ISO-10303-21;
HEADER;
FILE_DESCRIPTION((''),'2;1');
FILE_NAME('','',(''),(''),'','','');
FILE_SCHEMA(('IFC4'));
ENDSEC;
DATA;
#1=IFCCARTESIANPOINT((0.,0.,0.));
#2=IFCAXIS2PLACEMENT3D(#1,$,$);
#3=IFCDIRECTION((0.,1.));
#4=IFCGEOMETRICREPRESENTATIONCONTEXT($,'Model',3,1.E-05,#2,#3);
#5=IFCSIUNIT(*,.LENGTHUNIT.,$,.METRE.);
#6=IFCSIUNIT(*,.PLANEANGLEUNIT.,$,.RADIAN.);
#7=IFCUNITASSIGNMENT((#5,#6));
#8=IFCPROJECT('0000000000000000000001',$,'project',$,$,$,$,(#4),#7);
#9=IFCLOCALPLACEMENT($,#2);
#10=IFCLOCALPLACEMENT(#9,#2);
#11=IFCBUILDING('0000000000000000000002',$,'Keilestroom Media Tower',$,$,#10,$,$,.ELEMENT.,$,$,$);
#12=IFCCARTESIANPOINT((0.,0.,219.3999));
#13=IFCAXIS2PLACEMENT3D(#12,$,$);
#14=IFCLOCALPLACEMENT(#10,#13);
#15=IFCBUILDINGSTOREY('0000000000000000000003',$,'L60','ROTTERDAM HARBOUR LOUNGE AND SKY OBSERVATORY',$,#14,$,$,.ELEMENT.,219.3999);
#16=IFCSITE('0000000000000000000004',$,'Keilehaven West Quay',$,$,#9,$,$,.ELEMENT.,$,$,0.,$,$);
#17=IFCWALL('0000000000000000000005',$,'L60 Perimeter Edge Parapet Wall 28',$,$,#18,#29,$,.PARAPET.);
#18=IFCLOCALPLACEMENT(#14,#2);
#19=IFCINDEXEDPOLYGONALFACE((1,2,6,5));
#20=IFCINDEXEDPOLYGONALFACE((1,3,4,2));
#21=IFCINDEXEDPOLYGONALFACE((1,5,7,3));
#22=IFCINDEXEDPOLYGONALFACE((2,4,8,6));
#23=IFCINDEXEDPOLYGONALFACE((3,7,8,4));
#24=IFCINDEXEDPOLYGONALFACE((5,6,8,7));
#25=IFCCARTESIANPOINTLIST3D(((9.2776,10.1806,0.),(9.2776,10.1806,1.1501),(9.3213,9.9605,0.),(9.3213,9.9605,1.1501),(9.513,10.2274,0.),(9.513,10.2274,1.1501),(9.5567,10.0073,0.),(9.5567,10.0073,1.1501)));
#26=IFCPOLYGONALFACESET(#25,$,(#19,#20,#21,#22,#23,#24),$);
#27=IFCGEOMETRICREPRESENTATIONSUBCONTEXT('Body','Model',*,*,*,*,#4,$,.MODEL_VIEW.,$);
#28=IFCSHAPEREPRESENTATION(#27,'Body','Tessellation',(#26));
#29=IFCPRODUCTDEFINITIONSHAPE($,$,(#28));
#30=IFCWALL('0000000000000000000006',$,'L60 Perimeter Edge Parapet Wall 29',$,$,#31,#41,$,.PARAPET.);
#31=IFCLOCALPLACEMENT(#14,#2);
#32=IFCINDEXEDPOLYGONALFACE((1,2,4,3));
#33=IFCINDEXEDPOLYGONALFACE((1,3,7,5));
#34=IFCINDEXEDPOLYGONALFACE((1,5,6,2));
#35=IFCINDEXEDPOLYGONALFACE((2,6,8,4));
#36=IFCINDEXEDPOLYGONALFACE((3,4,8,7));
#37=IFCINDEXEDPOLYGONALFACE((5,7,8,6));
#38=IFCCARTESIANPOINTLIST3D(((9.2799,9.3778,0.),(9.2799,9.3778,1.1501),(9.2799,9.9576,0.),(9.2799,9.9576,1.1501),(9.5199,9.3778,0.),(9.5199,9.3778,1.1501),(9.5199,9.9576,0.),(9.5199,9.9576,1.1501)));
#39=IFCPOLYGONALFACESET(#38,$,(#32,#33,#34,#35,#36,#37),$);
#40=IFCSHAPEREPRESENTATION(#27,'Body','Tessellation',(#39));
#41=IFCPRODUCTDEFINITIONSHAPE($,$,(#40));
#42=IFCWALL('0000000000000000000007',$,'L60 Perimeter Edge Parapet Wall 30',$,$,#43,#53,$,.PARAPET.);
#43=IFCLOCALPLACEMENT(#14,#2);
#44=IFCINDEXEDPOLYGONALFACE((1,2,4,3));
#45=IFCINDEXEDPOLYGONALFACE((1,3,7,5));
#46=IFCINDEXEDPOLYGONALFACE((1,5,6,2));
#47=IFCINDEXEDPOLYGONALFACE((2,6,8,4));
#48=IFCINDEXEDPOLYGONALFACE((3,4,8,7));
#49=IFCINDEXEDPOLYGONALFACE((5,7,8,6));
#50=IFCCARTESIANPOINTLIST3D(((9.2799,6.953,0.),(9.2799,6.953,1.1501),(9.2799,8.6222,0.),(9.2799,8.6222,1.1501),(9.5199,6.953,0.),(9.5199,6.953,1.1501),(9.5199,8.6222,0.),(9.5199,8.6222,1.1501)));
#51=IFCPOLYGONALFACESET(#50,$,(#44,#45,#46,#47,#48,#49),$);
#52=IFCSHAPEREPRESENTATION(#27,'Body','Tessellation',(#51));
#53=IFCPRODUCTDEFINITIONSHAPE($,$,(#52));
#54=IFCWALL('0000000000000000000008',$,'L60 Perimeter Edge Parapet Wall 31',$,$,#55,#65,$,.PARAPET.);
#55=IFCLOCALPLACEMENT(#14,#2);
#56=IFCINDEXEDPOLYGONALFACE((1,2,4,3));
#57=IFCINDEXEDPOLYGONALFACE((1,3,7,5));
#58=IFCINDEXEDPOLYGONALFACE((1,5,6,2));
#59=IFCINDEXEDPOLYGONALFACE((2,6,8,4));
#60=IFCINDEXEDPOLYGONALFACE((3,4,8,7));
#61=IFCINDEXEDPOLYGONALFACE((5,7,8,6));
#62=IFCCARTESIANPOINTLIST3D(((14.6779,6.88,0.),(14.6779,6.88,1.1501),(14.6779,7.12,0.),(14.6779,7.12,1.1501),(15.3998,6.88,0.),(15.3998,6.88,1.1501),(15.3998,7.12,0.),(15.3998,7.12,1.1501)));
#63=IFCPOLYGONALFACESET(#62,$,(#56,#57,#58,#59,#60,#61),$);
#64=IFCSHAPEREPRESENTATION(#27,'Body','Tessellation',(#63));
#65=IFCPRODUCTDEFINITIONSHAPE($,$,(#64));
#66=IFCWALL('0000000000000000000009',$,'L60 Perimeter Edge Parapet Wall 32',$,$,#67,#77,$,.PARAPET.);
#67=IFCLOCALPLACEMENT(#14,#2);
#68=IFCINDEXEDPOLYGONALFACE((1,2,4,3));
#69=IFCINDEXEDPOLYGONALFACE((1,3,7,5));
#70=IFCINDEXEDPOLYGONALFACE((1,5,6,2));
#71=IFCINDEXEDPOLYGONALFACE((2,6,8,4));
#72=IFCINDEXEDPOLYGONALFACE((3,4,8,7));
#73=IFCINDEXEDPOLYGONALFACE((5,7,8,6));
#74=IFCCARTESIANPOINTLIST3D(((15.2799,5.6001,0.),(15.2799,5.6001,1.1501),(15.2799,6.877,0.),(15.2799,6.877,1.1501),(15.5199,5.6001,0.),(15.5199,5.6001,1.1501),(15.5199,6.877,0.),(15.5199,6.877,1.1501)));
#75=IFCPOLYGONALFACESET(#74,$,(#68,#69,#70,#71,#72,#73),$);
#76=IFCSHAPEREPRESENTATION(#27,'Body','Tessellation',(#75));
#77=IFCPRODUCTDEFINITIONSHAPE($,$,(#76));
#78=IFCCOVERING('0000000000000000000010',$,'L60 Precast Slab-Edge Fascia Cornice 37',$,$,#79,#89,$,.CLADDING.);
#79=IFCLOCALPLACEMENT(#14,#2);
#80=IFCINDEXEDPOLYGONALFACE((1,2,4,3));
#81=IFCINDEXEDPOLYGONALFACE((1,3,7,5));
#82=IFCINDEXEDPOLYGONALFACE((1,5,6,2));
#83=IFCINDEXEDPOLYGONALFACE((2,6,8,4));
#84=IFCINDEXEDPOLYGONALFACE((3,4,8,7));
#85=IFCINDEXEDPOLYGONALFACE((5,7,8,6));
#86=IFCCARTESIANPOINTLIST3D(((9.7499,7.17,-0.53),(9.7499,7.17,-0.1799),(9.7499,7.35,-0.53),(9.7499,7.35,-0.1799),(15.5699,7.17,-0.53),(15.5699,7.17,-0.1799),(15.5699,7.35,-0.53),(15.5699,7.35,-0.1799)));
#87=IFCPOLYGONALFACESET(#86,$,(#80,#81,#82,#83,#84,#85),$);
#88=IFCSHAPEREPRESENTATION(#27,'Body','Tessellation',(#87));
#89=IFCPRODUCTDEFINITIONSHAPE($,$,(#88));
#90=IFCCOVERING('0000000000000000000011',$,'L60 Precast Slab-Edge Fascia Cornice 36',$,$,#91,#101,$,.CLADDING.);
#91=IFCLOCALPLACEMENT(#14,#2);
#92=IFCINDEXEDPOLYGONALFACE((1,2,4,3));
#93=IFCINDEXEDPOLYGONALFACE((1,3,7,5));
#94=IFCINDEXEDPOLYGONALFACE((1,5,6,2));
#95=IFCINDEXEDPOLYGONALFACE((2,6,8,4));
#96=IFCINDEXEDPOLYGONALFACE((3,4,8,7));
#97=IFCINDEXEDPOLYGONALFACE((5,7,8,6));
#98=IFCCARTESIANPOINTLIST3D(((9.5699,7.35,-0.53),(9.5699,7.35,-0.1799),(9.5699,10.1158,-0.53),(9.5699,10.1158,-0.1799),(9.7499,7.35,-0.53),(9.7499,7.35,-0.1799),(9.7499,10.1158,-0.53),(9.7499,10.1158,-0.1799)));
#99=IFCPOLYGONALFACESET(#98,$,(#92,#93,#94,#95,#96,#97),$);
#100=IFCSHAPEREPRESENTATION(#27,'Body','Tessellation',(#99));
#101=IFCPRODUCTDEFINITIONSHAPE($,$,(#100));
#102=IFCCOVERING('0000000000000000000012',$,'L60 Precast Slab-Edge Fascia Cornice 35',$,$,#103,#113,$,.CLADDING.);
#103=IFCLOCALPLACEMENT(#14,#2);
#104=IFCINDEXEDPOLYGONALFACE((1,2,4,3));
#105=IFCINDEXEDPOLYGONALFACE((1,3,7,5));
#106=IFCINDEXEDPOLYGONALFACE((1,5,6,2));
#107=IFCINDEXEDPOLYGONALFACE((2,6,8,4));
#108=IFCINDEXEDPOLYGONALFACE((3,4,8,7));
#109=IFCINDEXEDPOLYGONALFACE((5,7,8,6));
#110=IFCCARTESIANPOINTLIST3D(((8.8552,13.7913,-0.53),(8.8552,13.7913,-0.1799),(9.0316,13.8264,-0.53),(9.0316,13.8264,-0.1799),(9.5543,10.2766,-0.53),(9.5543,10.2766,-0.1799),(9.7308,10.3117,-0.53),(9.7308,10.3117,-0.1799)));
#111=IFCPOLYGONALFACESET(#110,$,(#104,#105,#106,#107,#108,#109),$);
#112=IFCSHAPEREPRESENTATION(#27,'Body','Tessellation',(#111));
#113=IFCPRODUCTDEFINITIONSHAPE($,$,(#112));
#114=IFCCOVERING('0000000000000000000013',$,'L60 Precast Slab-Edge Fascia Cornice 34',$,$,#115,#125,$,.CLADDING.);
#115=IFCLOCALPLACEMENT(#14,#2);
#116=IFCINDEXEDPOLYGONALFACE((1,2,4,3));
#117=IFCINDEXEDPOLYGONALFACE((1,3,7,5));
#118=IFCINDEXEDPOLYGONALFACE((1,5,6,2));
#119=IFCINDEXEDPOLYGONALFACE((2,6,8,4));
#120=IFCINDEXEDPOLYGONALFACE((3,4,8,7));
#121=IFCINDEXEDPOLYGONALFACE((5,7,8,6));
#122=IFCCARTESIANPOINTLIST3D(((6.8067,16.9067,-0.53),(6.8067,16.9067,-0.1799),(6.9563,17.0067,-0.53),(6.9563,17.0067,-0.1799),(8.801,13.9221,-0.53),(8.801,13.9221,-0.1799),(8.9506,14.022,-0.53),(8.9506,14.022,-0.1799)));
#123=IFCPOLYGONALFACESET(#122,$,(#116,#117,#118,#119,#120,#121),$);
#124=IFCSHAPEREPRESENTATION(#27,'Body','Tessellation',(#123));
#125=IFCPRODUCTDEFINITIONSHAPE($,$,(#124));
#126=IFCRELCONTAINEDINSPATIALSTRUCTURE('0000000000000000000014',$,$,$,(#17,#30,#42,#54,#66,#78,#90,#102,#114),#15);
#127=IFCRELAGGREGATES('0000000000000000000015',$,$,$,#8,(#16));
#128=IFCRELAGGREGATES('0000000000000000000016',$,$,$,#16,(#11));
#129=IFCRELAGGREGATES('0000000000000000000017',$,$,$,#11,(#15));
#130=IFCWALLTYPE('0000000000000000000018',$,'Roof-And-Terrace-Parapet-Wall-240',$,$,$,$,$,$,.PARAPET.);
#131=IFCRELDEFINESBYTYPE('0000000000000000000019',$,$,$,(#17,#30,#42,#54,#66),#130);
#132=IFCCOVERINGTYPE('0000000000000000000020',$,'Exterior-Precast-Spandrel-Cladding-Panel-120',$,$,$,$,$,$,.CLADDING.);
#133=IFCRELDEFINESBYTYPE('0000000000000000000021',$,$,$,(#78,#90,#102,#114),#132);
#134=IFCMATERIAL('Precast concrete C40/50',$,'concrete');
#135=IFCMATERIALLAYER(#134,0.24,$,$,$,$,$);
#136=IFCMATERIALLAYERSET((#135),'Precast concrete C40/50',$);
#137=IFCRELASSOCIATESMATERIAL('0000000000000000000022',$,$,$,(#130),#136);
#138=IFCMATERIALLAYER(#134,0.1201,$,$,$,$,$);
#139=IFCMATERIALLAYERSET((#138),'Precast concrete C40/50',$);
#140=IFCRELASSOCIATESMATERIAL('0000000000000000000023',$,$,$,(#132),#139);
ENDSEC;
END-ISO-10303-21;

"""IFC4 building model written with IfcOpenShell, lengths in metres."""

from ifc_helpers import new_model, si_unit, direction, frame, frame_2d, origin, origin_2d, place, context, subcontext, project, spatial, rectangle, extrude, source, transform, mapped, material, layer, layer_set, type_object, element, save


model = new_model("IFC4")

# Units and contexts
model_context = context("Model", 3, precision=1e-05, world=origin(), true_north=direction((0.0, 1.0)))
body_context = subcontext(model_context, "Body", "Model", "MODEL_VIEW")
ifc_project = project(units=[si_unit("LENGTHUNIT", "METRE"), si_unit("PLANEANGLEUNIT", "RADIAN")], contexts=[model_context])

# Site, building, storey
site_placement = place(None, origin())
site = spatial("IfcSite", under=ifc_project, at=site_placement, Name="Keilehaven West Quay", CompositionType="ELEMENT", RefElevation=0.0)
building_placement = place(site_placement, origin())
building = spatial("IfcBuilding", under=site, at=building_placement, Name="Keilestroom Media Tower", CompositionType="ELEMENT")
storey_placement = place(building_placement, frame((0.0, 0.0, 219.3999)))
storey = spatial("IfcBuildingStorey", under=building, at=storey_placement, Name="L60", Description="ROTTERDAM HARBOUR LOUNGE AND SKY OBSERVATORY", CompositionType="ELEMENT", Elevation=219.3999)

# Shared definitions
ifc_material_1 = material(Name="Precast concrete C40/50", Category="concrete")

# Walls
ifc_layer_1 = layer(ifc_material_1, 0.24)
ifc_layer_set_1 = layer_set([ifc_layer_1], Name="Precast concrete C40/50")
wall_type_1 = type_object("IfcWallType", Name="Roof-And-Terrace-Parapet-Wall-240", PredefinedType="PARAPET", material=ifc_layer_set_1)
wall_1_placement = place(storey_placement, frame((9.3953, 10.2041, 0.0), z_axis=(0.0, 0.0, 1.0), x_axis=(0.19486, -0.980831, 0.0)))
element("IfcWall", 1, at=wall_1_placement, inside=storey, type_object=wall_type_1, Name="L60 Perimeter Edge Parapet Wall 28", PredefinedType="PARAPET", context=body_context, shape_type="SweptSolid", body=[
    extrude(rectangle(XDim=0.2244, YDim=0.24, at=frame_2d((0.1123, 0.0))), origin(), (0.0, 0.0, 1.0), 1.1501),
])
wall_2_placement = place(storey_placement, frame((9.3999, 9.9578, 0.0), z_axis=(0.0, 0.0, 1.0), x_axis=(0.0, -1.0, 0.0)))
element("IfcWall", 2, at=wall_2_placement, inside=storey, type_object=wall_type_1, Name="L60 Perimeter Edge Parapet Wall 29", PredefinedType="PARAPET", context=body_context, shape_type="SweptSolid", body=[
    extrude(rectangle(XDim=0.5798, YDim=0.24, at=frame_2d((0.29, 0.0))), origin(), (0.0, 0.0, 1.0), 1.1501),
])
wall_3_placement = place(storey_placement, frame((9.3999, 8.6221, 0.0), z_axis=(0.0, 0.0, 1.0), x_axis=(0.0, -1.0, 0.0)))
element("IfcWall", 3, at=wall_3_placement, inside=storey, type_object=wall_type_1, Name="L60 Perimeter Edge Parapet Wall 30", PredefinedType="PARAPET", context=body_context, shape_type="SweptSolid", body=[
    extrude(rectangle(XDim=1.6692, YDim=0.24, at=frame_2d((0.8345, 0.0))), origin(), (0.0, 0.0, 1.0), 1.1501),
])
wall_4_placement = place(storey_placement, frame((14.678, 7.0, 0.0), z_axis=(0.0, 0.0, 1.0), x_axis=(1.0, 0.0, 0.0)))
element("IfcWall", 4, at=wall_4_placement, inside=storey, type_object=wall_type_1, Name="L60 Perimeter Edge Parapet Wall 31", PredefinedType="PARAPET", context=body_context, shape_type="SweptSolid", body=[
    extrude(rectangle(XDim=0.7219, YDim=0.24, at=frame_2d((0.3608, 0.0))), origin(), (0.0, 0.0, 1.0), 1.1501),
])
wall_5_placement = place(storey_placement, frame((15.3999, 6.877, 0.0), z_axis=(0.0, 0.0, 1.0), x_axis=(0.0, -1.0, 0.0)))
element("IfcWall", 5, at=wall_5_placement, inside=storey, type_object=wall_type_1, Name="L60 Perimeter Edge Parapet Wall 32", PredefinedType="PARAPET", context=body_context, shape_type="SweptSolid", body=[
    extrude(rectangle(XDim=1.2769, YDim=0.24, at=frame_2d((0.6384, 0.0))), origin(), (0.0, 0.0, 1.0), 1.1501),
])

# Coverings
ifc_layer_2 = layer(ifc_material_1, 0.1201)
ifc_layer_set_2 = layer_set([ifc_layer_2], Name="Precast concrete C40/50")
covering_type = type_object("IfcCoveringType", Name="Exterior-Precast-Spandrel-Cladding-Panel-120", PredefinedType="CLADDING", material=ifc_layer_set_2)
shared_shape_1 = source(origin(), body_context, "Body", "SweptSolid", [
    extrude(rectangle(XDim=5.8201, YDim=0.1799, at=origin_2d()), origin(), (0.0, 0.0, 1.0), 0.3501),
])
covering_1_placement = place(storey_placement, frame((12.6599, 7.26, -0.53), z_axis=(0.0, 0.0, 1.0), x_axis=(1.0, 0.0, 0.0)))
element("IfcCovering", 6, at=covering_1_placement, inside=storey, type_object=covering_type, Name="L60 Precast Slab-Edge Fascia Cornice 37", PredefinedType="CLADDING", context=body_context, shape_type="MappedRepresentation", body=[
    mapped(shared_shape_1, transform((0.0, 0.0, 0.0), x_axis=(1.0, 0.0, 0.0), y_axis=(0.0, 1.0, 0.0), z_axis=(0.0, 0.0, 1.0), scale=1.0)),
])
shared_shape_2 = source(origin(), body_context, "Body", "SweptSolid", [
    extrude(rectangle(XDim=2.7659, YDim=0.1799, at=origin_2d()), origin(), (0.0, 0.0, 1.0), 0.3501),
])
covering_2_placement = place(storey_placement, frame((9.6599, 8.7329, -0.53), z_axis=(0.0, 0.0, 1.0), x_axis=(0.0, -1.0, 0.0)))
element("IfcCovering", 7, at=covering_2_placement, inside=storey, type_object=covering_type, Name="L60 Precast Slab-Edge Fascia Cornice 36", PredefinedType="CLADDING", context=body_context, shape_type="MappedRepresentation", body=[
    mapped(shared_shape_2, transform((0.0, 0.0, 0.0), x_axis=(1.0, 0.0, 0.0), y_axis=(0.0, 1.0, 0.0), z_axis=(0.0, 0.0, 1.0), scale=1.0)),
])
shared_shape_3 = source(origin(), body_context, "Body", "SweptSolid", [
    extrude(rectangle(XDim=3.5835, YDim=0.1799, at=origin_2d()), origin(), (0.0, 0.0, 1.0), 0.3501),
])
covering_3_placement = place(storey_placement, frame((9.293, 12.0515, -0.53), z_axis=(0.0, 0.0, 1.0), x_axis=(0.195099, -0.980784, 0.0)))
element("IfcCovering", 8, at=covering_3_placement, inside=storey, type_object=covering_type, Name="L60 Precast Slab-Edge Fascia Cornice 35", PredefinedType="CLADDING", context=body_context, shape_type="MappedRepresentation", body=[
    mapped(shared_shape_3, transform((0.0, 0.0, 0.0), x_axis=(1.0, 0.0, 0.0), y_axis=(0.0, 1.0, 0.0), z_axis=(0.0, 0.0, 1.0), scale=1.0)),
])
shared_shape_4 = source(origin(), body_context, "Body", "SweptSolid", [
    extrude(rectangle(XDim=3.5896, YDim=0.1799, at=origin_2d()), origin(), (0.0, 0.0, 1.0), 0.3501),
])
covering_4_placement = place(storey_placement, frame((7.8787, 15.4644, -0.53), z_axis=(0.0, 0.0, 1.0), x_axis=(0.555575, -0.831467, 0.0)))
element("IfcCovering", 9, at=covering_4_placement, inside=storey, type_object=covering_type, Name="L60 Precast Slab-Edge Fascia Cornice 34", PredefinedType="CLADDING", context=body_context, shape_type="MappedRepresentation", body=[
    mapped(shared_shape_4, transform((0.0, 0.0, 0.0), x_axis=(1.0, 0.0, 0.0), y_axis=(0.0, 1.0, 0.0), z_axis=(0.0, 0.0, 1.0), scale=1.0)),
])

save(model, "model.ifc")
